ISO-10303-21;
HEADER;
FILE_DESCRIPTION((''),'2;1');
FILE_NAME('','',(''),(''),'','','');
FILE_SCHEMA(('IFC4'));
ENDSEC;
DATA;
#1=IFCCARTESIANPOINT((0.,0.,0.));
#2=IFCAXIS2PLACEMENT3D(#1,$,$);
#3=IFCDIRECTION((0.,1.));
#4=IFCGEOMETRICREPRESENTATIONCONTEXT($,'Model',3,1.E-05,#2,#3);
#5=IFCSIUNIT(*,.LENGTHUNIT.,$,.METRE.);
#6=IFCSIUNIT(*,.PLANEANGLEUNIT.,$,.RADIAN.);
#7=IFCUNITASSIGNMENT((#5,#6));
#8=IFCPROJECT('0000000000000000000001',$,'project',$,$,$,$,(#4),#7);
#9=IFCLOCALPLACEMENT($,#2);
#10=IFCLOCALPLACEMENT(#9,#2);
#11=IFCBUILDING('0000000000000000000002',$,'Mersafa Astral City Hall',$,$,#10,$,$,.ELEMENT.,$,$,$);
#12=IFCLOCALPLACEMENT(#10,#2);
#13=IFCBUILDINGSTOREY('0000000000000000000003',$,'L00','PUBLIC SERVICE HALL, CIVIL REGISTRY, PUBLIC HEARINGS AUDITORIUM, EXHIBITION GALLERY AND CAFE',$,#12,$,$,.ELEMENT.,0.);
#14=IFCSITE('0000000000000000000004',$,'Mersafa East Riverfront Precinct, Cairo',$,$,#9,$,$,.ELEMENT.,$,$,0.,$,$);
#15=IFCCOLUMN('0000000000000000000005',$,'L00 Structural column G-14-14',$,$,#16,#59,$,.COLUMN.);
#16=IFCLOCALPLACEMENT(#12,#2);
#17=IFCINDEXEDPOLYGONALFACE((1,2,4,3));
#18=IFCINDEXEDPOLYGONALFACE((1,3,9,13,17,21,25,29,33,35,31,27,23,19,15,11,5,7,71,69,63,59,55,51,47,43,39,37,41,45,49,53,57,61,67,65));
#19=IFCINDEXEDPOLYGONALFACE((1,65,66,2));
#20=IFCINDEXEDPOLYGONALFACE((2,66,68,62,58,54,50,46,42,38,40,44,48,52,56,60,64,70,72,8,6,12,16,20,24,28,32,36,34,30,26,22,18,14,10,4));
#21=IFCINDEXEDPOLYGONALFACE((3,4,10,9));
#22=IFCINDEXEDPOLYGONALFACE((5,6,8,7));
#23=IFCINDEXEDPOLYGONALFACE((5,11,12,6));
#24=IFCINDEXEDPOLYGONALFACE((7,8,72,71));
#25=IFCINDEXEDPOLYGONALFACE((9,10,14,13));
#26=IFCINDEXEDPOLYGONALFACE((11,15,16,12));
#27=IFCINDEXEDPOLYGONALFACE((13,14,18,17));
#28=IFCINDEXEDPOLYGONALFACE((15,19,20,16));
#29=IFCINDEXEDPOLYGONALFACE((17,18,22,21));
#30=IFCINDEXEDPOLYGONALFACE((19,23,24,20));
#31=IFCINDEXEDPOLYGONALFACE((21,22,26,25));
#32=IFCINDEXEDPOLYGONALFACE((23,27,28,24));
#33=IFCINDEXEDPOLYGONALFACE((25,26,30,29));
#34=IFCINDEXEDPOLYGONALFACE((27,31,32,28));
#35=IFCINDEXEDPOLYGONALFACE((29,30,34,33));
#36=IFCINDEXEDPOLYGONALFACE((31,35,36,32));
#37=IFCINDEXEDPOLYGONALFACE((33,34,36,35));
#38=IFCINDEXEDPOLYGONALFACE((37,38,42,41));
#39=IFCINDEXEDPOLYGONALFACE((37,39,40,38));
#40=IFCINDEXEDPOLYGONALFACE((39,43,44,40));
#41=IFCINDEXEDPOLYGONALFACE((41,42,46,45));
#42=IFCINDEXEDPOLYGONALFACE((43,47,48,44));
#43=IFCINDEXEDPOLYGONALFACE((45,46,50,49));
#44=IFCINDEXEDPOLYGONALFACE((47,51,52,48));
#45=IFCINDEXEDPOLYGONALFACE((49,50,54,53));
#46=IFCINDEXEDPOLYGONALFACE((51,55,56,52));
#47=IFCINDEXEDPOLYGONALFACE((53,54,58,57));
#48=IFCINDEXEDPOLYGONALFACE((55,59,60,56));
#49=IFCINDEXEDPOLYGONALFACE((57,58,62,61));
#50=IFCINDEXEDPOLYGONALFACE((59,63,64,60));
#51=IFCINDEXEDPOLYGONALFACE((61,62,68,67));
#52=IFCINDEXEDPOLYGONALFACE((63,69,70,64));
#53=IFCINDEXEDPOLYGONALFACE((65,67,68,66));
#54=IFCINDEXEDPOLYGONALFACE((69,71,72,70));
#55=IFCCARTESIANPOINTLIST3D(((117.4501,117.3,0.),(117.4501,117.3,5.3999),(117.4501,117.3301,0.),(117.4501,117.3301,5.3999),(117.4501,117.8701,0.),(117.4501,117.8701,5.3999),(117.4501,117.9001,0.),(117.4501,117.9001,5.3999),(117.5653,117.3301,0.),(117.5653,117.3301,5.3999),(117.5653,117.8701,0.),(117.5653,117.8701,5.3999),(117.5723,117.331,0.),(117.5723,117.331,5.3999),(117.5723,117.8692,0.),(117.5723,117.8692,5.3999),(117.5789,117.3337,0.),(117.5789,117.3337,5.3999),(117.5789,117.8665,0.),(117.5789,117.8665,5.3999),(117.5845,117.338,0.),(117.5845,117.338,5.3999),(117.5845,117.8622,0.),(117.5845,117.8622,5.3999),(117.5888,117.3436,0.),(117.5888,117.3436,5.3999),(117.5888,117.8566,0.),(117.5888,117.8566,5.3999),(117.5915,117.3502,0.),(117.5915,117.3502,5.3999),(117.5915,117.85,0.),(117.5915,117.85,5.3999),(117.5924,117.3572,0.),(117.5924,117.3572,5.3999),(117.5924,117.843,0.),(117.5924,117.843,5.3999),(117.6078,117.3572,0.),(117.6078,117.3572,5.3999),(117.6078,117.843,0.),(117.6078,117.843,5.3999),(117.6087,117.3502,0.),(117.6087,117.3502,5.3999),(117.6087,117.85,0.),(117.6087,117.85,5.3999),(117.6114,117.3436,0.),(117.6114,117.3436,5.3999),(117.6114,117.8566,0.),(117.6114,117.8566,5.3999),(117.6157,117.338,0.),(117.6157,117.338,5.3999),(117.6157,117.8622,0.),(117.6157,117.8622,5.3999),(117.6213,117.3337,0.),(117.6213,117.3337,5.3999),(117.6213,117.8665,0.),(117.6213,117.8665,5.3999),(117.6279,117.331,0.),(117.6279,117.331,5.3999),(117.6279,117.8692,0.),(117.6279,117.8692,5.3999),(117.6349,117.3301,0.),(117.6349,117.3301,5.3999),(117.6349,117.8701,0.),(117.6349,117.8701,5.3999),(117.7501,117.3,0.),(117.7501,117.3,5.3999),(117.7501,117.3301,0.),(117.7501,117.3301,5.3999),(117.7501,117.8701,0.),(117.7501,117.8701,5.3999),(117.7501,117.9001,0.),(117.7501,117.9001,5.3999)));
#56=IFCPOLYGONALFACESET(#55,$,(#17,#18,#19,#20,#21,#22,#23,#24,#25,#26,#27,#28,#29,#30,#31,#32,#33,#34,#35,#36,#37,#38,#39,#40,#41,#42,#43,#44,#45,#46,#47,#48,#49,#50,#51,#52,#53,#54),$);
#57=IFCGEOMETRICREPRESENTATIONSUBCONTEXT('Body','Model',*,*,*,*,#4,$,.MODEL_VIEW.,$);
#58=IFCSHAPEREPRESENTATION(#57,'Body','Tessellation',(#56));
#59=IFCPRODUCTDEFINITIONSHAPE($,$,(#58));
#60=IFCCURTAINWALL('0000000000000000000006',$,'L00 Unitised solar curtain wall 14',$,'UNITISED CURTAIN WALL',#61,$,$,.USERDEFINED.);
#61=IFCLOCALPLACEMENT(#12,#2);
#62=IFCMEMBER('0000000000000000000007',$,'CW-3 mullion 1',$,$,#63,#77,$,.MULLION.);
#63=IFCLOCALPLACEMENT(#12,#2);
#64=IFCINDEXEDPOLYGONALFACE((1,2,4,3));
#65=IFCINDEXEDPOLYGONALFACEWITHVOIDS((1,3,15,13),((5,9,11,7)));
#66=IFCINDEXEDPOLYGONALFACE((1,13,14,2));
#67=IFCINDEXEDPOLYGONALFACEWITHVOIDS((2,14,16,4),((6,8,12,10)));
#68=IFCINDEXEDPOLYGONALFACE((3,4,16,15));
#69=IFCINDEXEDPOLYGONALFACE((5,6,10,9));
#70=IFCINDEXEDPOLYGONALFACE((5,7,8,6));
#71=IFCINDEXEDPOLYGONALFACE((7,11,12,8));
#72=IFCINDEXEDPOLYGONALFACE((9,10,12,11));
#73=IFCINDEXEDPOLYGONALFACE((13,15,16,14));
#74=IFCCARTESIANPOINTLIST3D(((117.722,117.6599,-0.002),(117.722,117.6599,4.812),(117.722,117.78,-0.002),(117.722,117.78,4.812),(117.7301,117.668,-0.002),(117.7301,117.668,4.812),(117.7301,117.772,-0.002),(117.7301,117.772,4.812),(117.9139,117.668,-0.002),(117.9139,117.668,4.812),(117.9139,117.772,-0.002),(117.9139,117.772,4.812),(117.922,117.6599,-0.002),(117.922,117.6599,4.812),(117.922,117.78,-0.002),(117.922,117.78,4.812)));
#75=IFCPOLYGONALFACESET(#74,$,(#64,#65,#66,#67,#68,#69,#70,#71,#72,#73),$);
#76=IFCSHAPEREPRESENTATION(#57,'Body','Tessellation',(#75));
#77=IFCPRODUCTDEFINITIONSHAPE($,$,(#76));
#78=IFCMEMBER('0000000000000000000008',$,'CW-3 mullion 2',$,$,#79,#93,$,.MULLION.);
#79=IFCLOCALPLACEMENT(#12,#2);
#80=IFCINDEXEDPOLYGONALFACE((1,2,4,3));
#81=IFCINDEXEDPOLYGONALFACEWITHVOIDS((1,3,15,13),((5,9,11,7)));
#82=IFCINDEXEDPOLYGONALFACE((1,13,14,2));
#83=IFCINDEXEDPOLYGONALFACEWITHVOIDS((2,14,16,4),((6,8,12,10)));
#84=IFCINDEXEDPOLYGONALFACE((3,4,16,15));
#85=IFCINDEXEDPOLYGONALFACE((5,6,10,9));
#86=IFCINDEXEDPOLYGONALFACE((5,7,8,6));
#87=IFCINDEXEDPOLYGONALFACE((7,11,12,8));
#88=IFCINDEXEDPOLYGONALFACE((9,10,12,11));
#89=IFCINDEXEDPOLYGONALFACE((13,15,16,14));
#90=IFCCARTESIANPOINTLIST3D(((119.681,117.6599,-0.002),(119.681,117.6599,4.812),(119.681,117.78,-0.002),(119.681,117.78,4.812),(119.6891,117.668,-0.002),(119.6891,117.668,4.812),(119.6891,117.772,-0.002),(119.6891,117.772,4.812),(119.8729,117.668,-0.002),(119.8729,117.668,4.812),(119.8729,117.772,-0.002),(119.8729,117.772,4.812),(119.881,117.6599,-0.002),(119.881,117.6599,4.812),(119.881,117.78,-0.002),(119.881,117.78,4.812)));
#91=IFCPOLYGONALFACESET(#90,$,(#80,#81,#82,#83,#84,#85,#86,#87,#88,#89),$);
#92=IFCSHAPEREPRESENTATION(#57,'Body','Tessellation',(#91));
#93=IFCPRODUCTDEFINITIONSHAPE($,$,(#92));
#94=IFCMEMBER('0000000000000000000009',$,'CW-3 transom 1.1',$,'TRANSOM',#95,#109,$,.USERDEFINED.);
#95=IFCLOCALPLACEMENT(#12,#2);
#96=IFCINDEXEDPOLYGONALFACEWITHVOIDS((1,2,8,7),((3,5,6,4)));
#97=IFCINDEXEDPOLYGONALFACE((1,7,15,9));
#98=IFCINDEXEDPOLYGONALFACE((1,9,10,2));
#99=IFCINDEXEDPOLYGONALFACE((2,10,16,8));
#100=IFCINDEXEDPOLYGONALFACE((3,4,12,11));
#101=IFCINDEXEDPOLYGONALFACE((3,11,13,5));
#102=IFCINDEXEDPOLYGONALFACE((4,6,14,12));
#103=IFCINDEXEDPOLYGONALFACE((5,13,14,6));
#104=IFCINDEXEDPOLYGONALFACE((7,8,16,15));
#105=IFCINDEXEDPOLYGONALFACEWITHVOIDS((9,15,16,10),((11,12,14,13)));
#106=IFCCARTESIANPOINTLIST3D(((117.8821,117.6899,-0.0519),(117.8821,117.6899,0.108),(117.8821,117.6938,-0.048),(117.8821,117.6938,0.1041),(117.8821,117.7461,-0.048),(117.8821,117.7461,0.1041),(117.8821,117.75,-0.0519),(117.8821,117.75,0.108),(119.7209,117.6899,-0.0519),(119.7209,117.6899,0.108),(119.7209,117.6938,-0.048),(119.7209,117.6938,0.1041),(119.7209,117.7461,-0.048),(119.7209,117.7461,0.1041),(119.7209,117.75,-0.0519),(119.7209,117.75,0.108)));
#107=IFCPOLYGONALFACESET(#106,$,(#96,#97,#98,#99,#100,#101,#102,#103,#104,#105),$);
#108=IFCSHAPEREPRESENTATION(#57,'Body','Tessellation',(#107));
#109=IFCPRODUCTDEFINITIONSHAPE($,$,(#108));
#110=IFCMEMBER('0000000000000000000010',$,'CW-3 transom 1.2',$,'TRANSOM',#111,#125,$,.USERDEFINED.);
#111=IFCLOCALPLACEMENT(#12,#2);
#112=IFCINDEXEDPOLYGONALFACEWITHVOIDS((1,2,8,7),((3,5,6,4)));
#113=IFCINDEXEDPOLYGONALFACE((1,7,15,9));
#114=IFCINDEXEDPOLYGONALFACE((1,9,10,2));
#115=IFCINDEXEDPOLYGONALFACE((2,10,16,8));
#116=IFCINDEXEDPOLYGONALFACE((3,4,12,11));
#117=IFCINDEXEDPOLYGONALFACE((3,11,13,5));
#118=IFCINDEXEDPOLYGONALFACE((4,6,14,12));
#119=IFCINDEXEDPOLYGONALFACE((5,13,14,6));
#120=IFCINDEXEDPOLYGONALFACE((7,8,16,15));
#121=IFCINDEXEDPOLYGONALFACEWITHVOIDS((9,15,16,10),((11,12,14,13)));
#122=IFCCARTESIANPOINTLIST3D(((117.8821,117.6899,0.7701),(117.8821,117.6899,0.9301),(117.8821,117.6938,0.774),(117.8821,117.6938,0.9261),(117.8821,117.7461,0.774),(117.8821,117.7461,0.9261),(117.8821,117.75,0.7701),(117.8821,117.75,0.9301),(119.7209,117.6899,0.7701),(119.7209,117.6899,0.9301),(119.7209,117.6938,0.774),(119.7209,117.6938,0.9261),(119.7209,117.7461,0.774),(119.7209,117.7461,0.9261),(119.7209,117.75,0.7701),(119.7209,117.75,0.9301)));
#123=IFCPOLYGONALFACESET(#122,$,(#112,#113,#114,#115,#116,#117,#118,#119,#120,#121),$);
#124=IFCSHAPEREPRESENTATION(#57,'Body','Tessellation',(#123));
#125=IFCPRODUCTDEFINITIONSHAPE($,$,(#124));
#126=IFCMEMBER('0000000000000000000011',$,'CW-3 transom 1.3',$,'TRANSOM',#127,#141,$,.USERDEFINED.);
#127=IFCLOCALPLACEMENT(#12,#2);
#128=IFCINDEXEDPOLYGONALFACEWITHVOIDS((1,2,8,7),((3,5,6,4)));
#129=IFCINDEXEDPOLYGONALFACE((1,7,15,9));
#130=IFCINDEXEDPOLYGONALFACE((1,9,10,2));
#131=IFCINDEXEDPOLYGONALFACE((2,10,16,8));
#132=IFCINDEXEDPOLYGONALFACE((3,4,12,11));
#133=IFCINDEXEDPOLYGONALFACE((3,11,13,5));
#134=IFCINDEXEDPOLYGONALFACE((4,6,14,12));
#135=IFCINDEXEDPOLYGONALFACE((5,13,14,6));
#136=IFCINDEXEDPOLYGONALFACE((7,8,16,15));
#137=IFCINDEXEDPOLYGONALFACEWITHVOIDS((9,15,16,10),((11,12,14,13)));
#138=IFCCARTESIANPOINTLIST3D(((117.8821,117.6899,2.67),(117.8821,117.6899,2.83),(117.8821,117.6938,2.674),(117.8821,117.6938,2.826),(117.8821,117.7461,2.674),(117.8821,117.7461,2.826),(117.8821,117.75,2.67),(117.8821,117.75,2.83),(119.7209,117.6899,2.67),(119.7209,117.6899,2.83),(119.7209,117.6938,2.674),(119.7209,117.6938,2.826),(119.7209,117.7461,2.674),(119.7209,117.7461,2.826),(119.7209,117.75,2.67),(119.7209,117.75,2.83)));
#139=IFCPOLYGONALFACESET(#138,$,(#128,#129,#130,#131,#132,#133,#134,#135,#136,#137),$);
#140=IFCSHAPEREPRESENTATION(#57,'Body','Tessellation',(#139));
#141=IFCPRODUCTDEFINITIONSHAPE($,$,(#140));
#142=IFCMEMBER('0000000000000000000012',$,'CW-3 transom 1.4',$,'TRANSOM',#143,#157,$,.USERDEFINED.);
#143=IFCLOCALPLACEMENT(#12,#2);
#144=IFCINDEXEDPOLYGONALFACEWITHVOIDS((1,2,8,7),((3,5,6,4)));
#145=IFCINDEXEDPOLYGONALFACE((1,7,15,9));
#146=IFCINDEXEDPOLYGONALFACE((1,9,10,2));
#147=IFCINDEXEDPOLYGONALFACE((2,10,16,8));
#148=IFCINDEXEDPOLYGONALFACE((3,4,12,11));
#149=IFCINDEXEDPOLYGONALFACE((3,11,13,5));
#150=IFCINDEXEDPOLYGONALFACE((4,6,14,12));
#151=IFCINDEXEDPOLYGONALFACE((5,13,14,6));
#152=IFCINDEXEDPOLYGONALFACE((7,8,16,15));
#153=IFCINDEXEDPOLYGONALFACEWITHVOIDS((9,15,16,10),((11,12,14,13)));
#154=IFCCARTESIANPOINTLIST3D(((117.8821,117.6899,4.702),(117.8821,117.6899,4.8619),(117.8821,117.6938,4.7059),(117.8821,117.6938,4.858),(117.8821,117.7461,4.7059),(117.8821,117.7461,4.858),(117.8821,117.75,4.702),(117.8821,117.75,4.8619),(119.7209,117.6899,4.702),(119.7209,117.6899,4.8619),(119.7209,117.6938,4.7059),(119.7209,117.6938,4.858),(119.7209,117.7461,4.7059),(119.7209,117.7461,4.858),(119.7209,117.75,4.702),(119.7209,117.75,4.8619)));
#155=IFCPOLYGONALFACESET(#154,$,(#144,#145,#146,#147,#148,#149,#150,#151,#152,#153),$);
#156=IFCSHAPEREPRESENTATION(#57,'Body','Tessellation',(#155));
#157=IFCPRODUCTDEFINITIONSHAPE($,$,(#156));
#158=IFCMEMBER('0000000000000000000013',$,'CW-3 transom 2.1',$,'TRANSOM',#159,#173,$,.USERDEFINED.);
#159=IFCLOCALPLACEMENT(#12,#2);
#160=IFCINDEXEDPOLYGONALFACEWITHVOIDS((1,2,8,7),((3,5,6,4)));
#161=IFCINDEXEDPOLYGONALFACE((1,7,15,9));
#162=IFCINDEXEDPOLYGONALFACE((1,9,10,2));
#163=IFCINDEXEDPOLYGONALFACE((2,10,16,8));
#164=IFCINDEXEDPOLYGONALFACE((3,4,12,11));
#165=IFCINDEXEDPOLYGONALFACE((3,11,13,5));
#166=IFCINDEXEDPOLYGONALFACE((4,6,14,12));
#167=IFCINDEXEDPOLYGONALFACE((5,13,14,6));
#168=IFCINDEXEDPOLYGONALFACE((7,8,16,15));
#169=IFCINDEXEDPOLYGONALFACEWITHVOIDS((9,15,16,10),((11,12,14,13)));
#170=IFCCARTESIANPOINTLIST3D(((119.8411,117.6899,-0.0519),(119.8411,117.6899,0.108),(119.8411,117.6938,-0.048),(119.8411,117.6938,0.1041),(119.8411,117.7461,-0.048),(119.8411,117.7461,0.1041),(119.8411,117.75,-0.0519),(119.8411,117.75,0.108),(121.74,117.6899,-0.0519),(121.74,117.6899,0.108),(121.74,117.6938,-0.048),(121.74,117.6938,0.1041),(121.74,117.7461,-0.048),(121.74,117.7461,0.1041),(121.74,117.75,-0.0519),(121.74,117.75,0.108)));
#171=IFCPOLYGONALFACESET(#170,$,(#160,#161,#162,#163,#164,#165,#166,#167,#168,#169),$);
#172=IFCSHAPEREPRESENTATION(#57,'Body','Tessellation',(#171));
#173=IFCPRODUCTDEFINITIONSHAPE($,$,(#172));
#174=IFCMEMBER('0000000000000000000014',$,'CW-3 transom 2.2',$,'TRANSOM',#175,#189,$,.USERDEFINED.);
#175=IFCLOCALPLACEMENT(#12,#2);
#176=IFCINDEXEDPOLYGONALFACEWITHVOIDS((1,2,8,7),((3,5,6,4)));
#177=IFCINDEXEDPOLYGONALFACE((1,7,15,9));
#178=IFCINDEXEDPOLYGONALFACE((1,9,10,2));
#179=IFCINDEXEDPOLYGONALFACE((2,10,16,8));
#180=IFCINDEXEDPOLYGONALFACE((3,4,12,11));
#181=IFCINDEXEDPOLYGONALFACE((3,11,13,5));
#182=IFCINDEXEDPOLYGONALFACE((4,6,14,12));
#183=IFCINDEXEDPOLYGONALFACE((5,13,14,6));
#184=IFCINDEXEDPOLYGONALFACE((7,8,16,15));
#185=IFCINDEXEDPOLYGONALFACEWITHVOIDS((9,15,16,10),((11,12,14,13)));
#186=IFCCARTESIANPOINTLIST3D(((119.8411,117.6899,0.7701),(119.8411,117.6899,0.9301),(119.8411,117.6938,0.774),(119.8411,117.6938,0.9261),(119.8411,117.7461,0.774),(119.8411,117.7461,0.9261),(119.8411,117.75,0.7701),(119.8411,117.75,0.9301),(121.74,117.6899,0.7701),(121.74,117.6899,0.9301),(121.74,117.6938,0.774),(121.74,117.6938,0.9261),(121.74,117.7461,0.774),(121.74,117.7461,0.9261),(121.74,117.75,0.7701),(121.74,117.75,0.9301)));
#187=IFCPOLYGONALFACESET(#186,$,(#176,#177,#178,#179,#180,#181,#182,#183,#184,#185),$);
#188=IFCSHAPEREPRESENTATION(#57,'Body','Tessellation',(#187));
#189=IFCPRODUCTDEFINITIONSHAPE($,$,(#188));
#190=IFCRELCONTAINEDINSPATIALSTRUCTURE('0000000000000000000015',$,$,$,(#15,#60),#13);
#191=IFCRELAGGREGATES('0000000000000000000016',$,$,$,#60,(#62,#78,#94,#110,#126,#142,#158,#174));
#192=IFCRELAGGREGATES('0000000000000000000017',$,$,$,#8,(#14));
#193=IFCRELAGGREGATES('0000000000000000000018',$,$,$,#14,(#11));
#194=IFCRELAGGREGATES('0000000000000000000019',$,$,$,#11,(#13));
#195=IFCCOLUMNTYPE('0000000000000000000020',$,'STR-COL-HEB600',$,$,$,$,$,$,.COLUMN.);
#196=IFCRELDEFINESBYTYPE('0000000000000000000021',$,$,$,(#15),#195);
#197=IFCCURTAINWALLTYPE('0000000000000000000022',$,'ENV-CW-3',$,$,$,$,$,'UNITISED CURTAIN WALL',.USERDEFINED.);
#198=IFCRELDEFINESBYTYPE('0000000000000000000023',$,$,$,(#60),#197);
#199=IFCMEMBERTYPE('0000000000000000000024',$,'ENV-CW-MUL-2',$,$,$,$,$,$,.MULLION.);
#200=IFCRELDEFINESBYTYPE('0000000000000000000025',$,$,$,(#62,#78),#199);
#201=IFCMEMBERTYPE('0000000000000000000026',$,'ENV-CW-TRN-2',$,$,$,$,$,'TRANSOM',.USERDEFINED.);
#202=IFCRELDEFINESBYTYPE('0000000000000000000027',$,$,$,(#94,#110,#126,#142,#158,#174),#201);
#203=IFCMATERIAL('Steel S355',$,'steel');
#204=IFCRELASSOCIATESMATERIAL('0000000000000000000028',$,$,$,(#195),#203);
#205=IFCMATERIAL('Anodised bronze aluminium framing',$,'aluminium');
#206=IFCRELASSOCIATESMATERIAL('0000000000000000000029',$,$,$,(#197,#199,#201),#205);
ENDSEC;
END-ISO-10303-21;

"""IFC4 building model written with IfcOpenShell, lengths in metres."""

from ifc_helpers import new_model, si_unit, direction, frame, origin, origin_2d, place, context, subcontext, project, spatial, hollow_rectangle, i_section, extrude, material, material_profile, profile_set, type_object, element, aggregate, save


model = new_model("IFC4")

# Units and contexts
model_context = context("Model", 3, precision=1e-05, world=origin(), true_north=direction((0.0, 1.0)))
body_context = subcontext(model_context, "Body", "Model", "MODEL_VIEW")
ifc_project = project(units=[si_unit("LENGTHUNIT", "METRE"), si_unit("PLANEANGLEUNIT", "RADIAN")], contexts=[model_context])

# Site, building, storey
site_placement = place(None, origin())
site = spatial("IfcSite", under=ifc_project, at=site_placement, Name="Mersafa East Riverfront Precinct, Cairo", CompositionType="ELEMENT", RefElevation=0.0)
building_placement = place(site_placement, origin())
building = spatial("IfcBuilding", under=site, at=building_placement, Name="Mersafa Astral City Hall", CompositionType="ELEMENT")
storey_placement = place(building_placement, origin())
storey = spatial("IfcBuildingStorey", under=building, at=storey_placement, Name="L00", Description="PUBLIC SERVICE HALL, CIVIL REGISTRY, PUBLIC HEARINGS AUDITORIUM, EXHIBITION GALLERY AND CAFE", CompositionType="ELEMENT", Elevation=0.0)

# Column
ifc_material_1 = material(Name="Steel S355", Category="steel")
ifc_material_profile_1 = material_profile(ifc_material_1, i_section(OverallWidth=0.3, OverallDepth=0.6001, WebThickness=0.0154, FlangeThickness=0.03, FilletRadius=0.0271, at=origin_2d()), Name="HEB 600")
ifc_profile_set_1 = profile_set([ifc_material_profile_1], Name="Steel S355")
column_type = type_object("IfcColumnType", Name="STR-COL-HEB600", PredefinedType="COLUMN", material=ifc_profile_set_1)
column_placement = place(storey_placement, frame((117.6001, 117.6001, 0.0), z_axis=(0.0, 0.0, 1.0), x_axis=(1.0, 0.0, 0.0)))
element("IfcColumn", 1, at=column_placement, inside=storey, type_object=column_type, Name="L00 Structural column G-14-14", PredefinedType="COLUMN", context=body_context, shape_type="SweptSolid", body=[
    extrude(i_section(OverallWidth=0.3, OverallDepth=0.6001, WebThickness=0.0154, FlangeThickness=0.03, FilletRadius=0.0271, at=origin_2d()), origin(), (0.0, 0.0, 1.0), 5.3999),
])

# Curtain wall, members
ifc_material_2 = material(Name="Anodised bronze aluminium framing", Category="aluminium")
curtain_wall_type = type_object("IfcCurtainWallType", Name="ENV-CW-3", ElementType="UNITISED CURTAIN WALL", PredefinedType="USERDEFINED", material=ifc_material_2)
curtain_wall_placement = place(storey_placement, origin())
curtain_wall = element("IfcCurtainWall", 2, at=curtain_wall_placement, inside=storey, type_object=curtain_wall_type, Name="L00 Unitised solar curtain wall 14", ObjectType="UNITISED CURTAIN WALL", PredefinedType="USERDEFINED")
ifc_material_profile_2 = material_profile(ifc_material_2, hollow_rectangle(XDim=0.1201, YDim=0.2, WallThickness=0.0081, at=origin_2d()), Name="RHS 120x200x8")
ifc_profile_set_2 = profile_set([ifc_material_profile_2], Name="Anodised bronze aluminium framing")
member_type_1 = type_object("IfcMemberType", Name="ENV-CW-MUL-2", PredefinedType="MULLION", material=ifc_profile_set_2)
member_1_placement = place(storey_placement, frame((117.822, 117.72, -0.002), z_axis=(0.0, 0.0, 1.0), x_axis=(0.0, 1.0, 0.0)))
member_1 = element("IfcMember", 3, at=member_1_placement, type_object=member_type_1, Name="CW-3 mullion 1", PredefinedType="MULLION", context=body_context, shape_type="SweptSolid", body=[
    extrude(hollow_rectangle(XDim=0.1201, YDim=0.2, WallThickness=0.0081, at=origin_2d()), origin(), (0.0, 0.0, 1.0), 4.814),
])
member_2_placement = place(storey_placement, frame((119.781, 117.72, -0.002), z_axis=(0.0, 0.0, 1.0), x_axis=(0.0, 1.0, 0.0)))
member_2 = element("IfcMember", 4, at=member_2_placement, type_object=member_type_1, Name="CW-3 mullion 2", PredefinedType="MULLION", context=body_context, shape_type="SweptSolid", body=[
    extrude(hollow_rectangle(XDim=0.1201, YDim=0.2, WallThickness=0.0081, at=origin_2d()), origin(), (0.0, 0.0, 1.0), 4.814),
])
ifc_material_profile_3 = material_profile(ifc_material_2, hollow_rectangle(XDim=0.0601, YDim=0.1599, WallThickness=0.0039, at=origin_2d()), Name="RHS 60x160x4")
ifc_profile_set_3 = profile_set([ifc_material_profile_3], Name="Anodised bronze aluminium framing")
member_type_2 = type_object("IfcMemberType", Name="ENV-CW-TRN-2", ElementType="TRANSOM", PredefinedType="USERDEFINED", material=ifc_profile_set_3)
member_3_placement = place(storey_placement, frame((117.8821, 117.72, 0.0281), z_axis=(1.0, 0.0, 0.0), x_axis=(0.0, 1.0, 0.0)))
member_3 = element("IfcMember", 5, at=member_3_placement, type_object=member_type_2, Name="CW-3 transom 1.1", ObjectType="TRANSOM", PredefinedType="USERDEFINED", context=body_context, shape_type="SweptSolid", body=[
    extrude(hollow_rectangle(XDim=0.0601, YDim=0.1599, WallThickness=0.0039, at=origin_2d()), origin(), (0.0, 0.0, 1.0), 1.8389),
])
member_4_placement = place(storey_placement, frame((117.8821, 117.72, 0.8501), z_axis=(1.0, 0.0, 0.0), x_axis=(0.0, 1.0, 0.0)))
member_4 = element("IfcMember", 6, at=member_4_placement, type_object=member_type_2, Name="CW-3 transom 1.2", ObjectType="TRANSOM", PredefinedType="USERDEFINED", context=body_context, shape_type="SweptSolid", body=[
    extrude(hollow_rectangle(XDim=0.0601, YDim=0.1599, WallThickness=0.0039, at=origin_2d()), origin(), (0.0, 0.0, 1.0), 1.8389),
])
member_5_placement = place(storey_placement, frame((117.8821, 117.72, 2.75), z_axis=(1.0, 0.0, 0.0), x_axis=(0.0, 1.0, 0.0)))
member_5 = element("IfcMember", 7, at=member_5_placement, type_object=member_type_2, Name="CW-3 transom 1.3", ObjectType="TRANSOM", PredefinedType="USERDEFINED", context=body_context, shape_type="SweptSolid", body=[
    extrude(hollow_rectangle(XDim=0.0601, YDim=0.1599, WallThickness=0.0039, at=origin_2d()), origin(), (0.0, 0.0, 1.0), 1.8389),
])
member_6_placement = place(storey_placement, frame((117.8821, 117.72, 4.782), z_axis=(1.0, 0.0, 0.0), x_axis=(0.0, 1.0, 0.0)))
member_6 = element("IfcMember", 8, at=member_6_placement, type_object=member_type_2, Name="CW-3 transom 1.4", ObjectType="TRANSOM", PredefinedType="USERDEFINED", context=body_context, shape_type="SweptSolid", body=[
    extrude(hollow_rectangle(XDim=0.0601, YDim=0.1599, WallThickness=0.0039, at=origin_2d()), origin(), (0.0, 0.0, 1.0), 1.8389),
])
member_7_placement = place(storey_placement, frame((119.8411, 117.72, 0.0281), z_axis=(1.0, 0.0, 0.0), x_axis=(0.0, 1.0, 0.0)))
member_7 = element("IfcMember", 9, at=member_7_placement, type_object=member_type_2, Name="CW-3 transom 2.1", ObjectType="TRANSOM", PredefinedType="USERDEFINED", context=body_context, shape_type="SweptSolid", body=[
    extrude(hollow_rectangle(XDim=0.0601, YDim=0.1599, WallThickness=0.0039, at=origin_2d()), origin(), (0.0, 0.0, 1.0), 1.8989),
])
member_8_placement = place(storey_placement, frame((119.8411, 117.72, 0.8501), z_axis=(1.0, 0.0, 0.0), x_axis=(0.0, 1.0, 0.0)))
member_8 = element("IfcMember", 10, at=member_8_placement, type_object=member_type_2, Name="CW-3 transom 2.2", ObjectType="TRANSOM", PredefinedType="USERDEFINED", context=body_context, shape_type="SweptSolid", body=[
    extrude(hollow_rectangle(XDim=0.0601, YDim=0.1599, WallThickness=0.0039, at=origin_2d()), origin(), (0.0, 0.0, 1.0), 1.8989),
])

aggregate(curtain_wall, [member_1, member_2, member_3, member_4, member_5, member_6, member_7, member_8])

save(model, "model.ifc")
